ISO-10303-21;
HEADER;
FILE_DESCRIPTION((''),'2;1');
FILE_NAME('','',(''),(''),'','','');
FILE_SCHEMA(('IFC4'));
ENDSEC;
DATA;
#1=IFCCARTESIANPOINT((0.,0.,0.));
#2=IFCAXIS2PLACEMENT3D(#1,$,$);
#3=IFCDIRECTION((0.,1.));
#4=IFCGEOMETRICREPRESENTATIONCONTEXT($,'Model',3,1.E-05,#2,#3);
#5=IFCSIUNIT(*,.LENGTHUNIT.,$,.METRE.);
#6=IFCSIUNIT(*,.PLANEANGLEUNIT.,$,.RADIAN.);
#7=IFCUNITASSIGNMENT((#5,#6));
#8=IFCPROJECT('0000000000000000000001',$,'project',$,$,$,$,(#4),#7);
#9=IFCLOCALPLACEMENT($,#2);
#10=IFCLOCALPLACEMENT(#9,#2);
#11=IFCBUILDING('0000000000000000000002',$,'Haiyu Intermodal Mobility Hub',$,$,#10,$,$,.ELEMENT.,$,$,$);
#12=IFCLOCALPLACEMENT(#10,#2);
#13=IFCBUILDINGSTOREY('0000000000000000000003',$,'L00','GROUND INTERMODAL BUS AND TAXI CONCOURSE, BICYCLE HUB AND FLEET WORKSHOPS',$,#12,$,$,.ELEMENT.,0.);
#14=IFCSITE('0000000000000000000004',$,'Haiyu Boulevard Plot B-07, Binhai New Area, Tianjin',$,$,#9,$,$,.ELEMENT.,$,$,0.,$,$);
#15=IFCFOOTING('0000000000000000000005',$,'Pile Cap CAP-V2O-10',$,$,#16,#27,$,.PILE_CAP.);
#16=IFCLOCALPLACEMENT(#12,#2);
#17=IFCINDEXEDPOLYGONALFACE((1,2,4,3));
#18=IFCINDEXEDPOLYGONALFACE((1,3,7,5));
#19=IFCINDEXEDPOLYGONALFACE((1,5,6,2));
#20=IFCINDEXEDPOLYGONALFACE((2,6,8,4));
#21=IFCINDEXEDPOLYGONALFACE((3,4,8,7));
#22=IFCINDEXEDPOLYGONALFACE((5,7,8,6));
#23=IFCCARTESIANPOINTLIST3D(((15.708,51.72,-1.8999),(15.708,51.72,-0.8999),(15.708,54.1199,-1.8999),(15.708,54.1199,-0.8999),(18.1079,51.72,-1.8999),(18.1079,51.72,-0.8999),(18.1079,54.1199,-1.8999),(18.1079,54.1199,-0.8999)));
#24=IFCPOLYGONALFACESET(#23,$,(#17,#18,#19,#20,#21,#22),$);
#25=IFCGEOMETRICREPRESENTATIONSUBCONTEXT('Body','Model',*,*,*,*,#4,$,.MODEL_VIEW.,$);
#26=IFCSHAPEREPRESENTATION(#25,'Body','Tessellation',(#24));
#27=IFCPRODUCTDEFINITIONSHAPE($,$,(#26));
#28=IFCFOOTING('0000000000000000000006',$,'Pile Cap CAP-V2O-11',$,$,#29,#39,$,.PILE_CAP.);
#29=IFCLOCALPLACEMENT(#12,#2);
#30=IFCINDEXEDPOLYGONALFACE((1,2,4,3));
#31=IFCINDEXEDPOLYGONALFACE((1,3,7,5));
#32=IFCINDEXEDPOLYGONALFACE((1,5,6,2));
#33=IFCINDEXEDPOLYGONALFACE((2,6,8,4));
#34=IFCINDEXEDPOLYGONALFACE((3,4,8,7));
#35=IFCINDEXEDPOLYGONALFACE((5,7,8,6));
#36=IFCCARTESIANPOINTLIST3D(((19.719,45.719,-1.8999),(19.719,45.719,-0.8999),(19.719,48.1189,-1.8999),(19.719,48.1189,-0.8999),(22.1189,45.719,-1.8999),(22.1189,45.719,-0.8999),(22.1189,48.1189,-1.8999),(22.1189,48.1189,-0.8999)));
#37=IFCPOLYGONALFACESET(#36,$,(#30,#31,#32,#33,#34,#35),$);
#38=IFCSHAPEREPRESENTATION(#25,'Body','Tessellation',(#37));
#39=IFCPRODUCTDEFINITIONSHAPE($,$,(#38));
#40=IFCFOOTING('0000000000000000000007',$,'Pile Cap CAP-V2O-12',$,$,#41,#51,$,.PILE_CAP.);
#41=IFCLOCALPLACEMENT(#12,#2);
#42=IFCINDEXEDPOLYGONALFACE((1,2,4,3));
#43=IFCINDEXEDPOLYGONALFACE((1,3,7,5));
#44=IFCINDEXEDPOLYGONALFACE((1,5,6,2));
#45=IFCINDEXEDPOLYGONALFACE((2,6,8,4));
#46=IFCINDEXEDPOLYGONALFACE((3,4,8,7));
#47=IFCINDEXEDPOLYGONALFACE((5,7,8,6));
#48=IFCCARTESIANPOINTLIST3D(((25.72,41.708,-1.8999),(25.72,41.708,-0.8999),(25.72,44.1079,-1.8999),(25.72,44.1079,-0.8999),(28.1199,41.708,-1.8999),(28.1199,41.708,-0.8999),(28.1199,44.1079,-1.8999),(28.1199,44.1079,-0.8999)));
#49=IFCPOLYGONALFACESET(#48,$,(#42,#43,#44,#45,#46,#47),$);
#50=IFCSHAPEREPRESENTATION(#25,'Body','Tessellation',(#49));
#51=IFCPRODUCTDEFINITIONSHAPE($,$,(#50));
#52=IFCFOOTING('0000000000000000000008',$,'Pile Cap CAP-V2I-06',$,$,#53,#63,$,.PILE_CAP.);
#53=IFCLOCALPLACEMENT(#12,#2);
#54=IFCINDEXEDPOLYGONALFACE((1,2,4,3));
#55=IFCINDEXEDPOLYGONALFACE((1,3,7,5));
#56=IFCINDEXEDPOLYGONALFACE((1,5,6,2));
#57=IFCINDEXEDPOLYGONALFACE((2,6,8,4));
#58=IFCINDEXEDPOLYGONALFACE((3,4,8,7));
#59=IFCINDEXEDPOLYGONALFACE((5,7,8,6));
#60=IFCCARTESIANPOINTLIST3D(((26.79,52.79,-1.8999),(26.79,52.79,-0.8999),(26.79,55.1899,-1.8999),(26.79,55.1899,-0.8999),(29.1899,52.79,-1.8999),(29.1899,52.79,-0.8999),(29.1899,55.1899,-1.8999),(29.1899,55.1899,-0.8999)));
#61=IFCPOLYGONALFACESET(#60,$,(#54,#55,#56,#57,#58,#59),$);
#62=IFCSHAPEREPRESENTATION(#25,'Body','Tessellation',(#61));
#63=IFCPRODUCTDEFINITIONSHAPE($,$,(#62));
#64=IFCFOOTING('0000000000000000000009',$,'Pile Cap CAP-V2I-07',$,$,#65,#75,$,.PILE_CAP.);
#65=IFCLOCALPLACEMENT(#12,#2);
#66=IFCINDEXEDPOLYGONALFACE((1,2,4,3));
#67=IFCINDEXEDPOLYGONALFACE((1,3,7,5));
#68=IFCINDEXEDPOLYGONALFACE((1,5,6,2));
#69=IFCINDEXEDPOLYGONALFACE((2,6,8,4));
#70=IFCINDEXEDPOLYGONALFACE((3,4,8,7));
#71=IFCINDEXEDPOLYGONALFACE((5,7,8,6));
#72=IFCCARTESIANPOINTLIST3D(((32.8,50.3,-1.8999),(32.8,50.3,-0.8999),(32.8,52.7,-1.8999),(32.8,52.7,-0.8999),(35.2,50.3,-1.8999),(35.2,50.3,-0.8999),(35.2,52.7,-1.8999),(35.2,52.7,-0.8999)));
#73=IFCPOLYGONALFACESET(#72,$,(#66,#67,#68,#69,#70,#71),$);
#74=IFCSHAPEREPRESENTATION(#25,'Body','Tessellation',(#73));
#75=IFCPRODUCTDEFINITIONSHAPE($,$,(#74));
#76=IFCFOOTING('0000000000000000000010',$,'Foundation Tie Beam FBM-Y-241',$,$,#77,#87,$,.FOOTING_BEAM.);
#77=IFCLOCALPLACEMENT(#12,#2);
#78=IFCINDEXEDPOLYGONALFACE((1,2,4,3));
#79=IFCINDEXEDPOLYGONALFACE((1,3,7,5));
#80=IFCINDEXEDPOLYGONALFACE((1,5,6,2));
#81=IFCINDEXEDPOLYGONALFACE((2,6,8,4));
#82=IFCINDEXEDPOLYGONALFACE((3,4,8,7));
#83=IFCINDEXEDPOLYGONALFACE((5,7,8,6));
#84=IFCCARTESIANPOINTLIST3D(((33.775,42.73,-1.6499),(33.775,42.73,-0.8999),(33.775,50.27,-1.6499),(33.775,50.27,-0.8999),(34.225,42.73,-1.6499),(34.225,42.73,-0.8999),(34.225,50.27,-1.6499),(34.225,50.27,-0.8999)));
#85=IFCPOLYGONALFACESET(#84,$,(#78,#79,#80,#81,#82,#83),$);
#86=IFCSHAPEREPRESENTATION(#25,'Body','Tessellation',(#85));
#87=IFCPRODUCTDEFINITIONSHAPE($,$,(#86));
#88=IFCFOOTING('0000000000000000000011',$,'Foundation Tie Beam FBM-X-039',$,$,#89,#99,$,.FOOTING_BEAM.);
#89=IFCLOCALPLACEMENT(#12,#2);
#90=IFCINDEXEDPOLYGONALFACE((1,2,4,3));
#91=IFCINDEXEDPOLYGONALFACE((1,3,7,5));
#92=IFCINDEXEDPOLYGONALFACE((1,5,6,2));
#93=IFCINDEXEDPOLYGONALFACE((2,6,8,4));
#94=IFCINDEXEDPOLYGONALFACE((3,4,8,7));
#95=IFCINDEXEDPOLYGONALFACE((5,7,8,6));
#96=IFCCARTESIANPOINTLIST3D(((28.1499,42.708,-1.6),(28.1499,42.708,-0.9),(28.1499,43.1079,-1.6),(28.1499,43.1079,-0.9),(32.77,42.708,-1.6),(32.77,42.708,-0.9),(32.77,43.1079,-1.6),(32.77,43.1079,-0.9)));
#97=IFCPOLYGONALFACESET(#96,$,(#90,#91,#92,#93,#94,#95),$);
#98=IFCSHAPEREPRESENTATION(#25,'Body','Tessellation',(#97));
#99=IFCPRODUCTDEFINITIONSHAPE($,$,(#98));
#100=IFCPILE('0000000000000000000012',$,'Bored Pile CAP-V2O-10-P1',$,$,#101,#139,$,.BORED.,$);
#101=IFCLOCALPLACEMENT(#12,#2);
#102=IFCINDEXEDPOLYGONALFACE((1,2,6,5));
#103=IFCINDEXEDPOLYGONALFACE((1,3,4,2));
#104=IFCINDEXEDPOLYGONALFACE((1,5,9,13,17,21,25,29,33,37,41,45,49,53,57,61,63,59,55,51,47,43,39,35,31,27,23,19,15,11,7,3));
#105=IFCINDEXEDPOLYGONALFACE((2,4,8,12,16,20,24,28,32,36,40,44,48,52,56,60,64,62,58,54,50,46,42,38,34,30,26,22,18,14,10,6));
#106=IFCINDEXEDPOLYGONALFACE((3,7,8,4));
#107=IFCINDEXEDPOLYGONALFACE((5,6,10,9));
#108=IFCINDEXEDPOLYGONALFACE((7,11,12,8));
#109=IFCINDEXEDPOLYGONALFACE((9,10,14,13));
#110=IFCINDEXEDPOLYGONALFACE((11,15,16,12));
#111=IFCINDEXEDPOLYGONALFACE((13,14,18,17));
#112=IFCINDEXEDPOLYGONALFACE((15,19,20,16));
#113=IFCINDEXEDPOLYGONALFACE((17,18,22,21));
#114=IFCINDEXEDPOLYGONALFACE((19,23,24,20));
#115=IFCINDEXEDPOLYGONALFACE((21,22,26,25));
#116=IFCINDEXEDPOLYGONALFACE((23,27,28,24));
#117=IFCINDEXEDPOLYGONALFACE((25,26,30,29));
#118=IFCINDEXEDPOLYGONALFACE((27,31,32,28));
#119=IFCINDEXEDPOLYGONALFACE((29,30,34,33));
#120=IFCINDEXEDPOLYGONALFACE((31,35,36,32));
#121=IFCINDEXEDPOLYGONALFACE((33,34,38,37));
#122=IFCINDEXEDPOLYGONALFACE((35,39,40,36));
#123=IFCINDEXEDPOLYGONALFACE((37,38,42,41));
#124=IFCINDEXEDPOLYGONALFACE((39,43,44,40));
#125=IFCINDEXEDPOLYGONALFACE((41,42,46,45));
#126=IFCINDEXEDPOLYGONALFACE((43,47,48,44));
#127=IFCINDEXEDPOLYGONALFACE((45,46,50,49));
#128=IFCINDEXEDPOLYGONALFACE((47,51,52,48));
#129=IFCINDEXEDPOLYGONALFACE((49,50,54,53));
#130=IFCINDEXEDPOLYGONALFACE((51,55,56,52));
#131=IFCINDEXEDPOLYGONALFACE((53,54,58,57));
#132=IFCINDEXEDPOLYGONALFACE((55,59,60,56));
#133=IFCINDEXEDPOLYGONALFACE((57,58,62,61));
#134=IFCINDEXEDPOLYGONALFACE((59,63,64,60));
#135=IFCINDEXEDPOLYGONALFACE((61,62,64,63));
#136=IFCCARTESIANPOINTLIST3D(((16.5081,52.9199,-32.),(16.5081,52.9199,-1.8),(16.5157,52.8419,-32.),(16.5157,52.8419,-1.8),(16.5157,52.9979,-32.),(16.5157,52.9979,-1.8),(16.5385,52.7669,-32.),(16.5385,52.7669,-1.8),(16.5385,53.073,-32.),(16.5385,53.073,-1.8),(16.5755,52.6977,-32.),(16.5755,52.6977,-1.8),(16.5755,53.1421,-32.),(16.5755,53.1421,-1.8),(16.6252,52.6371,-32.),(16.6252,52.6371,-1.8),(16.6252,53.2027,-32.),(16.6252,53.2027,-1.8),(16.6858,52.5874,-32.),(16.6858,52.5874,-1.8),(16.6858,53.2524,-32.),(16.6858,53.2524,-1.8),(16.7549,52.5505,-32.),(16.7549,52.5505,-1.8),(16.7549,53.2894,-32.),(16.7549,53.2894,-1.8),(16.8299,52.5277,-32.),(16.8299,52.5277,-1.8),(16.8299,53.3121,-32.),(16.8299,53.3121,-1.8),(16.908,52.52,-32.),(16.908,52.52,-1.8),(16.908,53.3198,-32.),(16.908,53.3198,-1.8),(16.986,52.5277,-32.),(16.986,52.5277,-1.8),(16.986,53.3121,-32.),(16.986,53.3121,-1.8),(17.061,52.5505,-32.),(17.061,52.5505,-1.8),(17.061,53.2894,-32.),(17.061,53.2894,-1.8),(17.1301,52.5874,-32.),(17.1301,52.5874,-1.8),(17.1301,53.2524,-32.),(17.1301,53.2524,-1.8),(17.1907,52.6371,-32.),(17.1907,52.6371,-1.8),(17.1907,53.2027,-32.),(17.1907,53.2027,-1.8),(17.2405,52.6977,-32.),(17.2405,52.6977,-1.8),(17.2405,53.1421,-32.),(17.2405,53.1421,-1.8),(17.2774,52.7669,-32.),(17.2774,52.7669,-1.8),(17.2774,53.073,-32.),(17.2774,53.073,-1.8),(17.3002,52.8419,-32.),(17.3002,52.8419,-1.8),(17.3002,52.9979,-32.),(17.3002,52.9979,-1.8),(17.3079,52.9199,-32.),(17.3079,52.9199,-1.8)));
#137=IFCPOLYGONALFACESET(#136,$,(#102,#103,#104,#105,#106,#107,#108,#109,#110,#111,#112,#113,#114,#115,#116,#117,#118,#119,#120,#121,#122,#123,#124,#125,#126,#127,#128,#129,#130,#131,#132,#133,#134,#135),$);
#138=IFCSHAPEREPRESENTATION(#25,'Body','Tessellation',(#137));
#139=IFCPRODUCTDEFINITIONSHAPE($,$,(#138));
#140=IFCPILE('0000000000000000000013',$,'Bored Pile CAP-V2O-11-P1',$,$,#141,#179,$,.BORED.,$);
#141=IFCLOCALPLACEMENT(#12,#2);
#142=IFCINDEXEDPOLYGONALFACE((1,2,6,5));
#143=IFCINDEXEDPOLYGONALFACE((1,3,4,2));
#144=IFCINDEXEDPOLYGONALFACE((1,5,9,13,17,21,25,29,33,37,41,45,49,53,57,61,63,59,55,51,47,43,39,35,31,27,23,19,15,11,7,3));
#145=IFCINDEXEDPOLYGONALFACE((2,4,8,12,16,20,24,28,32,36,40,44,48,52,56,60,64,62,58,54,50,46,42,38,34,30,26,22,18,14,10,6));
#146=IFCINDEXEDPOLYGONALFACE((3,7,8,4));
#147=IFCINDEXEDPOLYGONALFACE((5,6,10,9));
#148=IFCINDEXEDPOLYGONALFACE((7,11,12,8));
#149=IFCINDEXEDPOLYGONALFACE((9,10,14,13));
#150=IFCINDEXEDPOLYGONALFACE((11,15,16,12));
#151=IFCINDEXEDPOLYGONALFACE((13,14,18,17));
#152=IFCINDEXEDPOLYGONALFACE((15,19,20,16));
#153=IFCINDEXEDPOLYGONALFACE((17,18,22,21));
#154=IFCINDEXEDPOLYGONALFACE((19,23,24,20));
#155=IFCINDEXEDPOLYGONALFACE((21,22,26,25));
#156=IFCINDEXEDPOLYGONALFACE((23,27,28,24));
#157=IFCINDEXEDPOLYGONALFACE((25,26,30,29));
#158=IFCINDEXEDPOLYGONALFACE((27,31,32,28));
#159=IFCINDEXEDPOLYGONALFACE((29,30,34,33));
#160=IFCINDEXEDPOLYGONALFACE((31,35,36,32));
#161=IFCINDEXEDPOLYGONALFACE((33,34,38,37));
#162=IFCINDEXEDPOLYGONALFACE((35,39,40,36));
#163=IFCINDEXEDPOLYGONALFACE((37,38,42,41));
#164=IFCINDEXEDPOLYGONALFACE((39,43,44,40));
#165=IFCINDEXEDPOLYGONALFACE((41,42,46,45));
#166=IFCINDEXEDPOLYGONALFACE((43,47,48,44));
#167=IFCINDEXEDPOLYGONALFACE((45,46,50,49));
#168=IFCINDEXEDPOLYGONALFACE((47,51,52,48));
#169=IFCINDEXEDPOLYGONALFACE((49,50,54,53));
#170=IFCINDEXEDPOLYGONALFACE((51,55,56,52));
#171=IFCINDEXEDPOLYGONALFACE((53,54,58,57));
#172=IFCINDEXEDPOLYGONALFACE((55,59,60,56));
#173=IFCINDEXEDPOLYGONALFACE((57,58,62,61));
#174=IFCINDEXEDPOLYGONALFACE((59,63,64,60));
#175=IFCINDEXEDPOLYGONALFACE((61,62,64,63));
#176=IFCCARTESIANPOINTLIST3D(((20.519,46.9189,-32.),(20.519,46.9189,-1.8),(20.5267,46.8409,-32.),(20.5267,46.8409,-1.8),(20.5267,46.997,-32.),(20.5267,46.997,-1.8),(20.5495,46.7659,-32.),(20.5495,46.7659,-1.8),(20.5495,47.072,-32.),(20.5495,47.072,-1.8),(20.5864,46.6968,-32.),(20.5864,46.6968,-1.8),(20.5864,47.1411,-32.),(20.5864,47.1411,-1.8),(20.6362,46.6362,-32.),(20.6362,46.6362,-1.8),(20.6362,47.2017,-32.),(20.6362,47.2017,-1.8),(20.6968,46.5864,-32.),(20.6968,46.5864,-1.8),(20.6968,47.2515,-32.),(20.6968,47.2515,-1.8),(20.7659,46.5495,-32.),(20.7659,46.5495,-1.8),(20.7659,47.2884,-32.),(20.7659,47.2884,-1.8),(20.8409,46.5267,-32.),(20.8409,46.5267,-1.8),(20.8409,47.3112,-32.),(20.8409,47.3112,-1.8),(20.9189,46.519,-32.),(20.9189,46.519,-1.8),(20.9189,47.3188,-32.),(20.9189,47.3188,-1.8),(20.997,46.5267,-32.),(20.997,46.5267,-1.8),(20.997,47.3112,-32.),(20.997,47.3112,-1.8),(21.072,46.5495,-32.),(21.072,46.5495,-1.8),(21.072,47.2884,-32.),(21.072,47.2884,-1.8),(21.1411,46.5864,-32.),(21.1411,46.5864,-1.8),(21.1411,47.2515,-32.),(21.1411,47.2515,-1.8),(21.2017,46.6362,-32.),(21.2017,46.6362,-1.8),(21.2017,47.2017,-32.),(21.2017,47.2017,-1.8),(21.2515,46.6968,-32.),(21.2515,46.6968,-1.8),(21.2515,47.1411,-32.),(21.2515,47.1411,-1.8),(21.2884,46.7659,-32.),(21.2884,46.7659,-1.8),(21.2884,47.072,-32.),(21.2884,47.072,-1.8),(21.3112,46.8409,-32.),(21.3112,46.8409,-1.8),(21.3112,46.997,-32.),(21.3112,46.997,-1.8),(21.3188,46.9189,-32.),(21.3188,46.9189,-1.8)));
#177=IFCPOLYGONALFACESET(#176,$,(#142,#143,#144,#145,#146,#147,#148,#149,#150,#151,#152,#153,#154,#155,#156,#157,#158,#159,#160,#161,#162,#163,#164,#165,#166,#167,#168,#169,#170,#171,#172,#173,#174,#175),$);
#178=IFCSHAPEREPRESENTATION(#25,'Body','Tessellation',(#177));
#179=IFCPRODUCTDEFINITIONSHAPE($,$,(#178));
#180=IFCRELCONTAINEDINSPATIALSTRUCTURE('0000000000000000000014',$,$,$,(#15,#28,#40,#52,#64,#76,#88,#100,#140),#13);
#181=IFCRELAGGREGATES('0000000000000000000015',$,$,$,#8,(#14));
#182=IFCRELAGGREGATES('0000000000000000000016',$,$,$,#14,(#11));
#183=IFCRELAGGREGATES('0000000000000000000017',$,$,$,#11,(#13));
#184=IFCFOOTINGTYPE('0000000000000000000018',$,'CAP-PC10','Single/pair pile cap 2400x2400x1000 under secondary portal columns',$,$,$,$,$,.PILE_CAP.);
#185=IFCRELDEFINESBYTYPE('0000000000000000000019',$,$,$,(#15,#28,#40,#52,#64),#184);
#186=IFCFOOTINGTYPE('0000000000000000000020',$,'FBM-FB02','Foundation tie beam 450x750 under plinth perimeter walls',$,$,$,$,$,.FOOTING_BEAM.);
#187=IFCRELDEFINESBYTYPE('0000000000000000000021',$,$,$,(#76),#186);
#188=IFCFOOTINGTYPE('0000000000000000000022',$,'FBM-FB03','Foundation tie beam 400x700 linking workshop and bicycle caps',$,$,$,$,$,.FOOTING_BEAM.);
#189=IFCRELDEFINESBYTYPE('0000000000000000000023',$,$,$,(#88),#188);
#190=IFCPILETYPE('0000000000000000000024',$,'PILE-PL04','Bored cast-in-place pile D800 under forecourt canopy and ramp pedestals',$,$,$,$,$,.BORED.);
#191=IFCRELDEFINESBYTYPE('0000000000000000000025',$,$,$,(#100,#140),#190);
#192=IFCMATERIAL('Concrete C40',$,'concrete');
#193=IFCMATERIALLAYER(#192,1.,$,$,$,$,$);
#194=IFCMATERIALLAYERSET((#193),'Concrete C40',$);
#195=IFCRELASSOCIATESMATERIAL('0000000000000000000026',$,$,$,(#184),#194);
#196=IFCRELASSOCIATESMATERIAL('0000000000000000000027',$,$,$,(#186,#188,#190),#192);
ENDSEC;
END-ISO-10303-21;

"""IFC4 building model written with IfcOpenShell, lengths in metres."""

from ifc_helpers import new_model, si_unit, direction, frame, origin, origin_2d, place, context, subcontext, project, spatial, rectangle, circle, extrude, material, layer, layer_set, material_profile, profile_set, type_object, element, save


model = new_model("IFC4")

# Units and contexts
model_context = context("Model", 3, precision=1e-05, world=origin(), true_north=direction((0.0, 1.0)))
body_context = subcontext(model_context, "Body", "Model", "MODEL_VIEW")
ifc_project = project(units=[si_unit("LENGTHUNIT", "METRE"), si_unit("PLANEANGLEUNIT", "RADIAN")], contexts=[model_context])

# Site, building, storey
site_placement = place(None, origin())
site = spatial("IfcSite", under=ifc_project, at=site_placement, Name="Haiyu Boulevard Plot B-07, Binhai New Area, Tianjin", CompositionType="ELEMENT", RefElevation=0.0)
building_placement = place(site_placement, origin())
building = spatial("IfcBuilding", under=site, at=building_placement, Name="Haiyu Intermodal Mobility Hub", CompositionType="ELEMENT")
storey_placement = place(building_placement, origin())
storey = spatial("IfcBuildingStorey", under=building, at=storey_placement, Name="L00", Description="GROUND INTERMODAL BUS AND TAXI CONCOURSE, BICYCLE HUB AND FLEET WORKSHOPS", CompositionType="ELEMENT", Elevation=0.0)

# Footings
ifc_material_1 = material(Name="Concrete C40", Category="concrete")
ifc_layer = layer(ifc_material_1, 1.0)
ifc_layer_set = layer_set([ifc_layer], Name="Concrete C40")
footing_type_1 = type_object("IfcFootingType", Name="CAP-PC10", Description="Single/pair pile cap 2400x2400x1000 under secondary portal columns", PredefinedType="PILE_CAP", material=ifc_layer_set)
for number, where, z_axis, x_axis, name in (
    (1, (16.908, 52.9199, -1.8999), (0.0, 0.0, 1.0), (1.0, 0.0, 0.0), "Pile Cap CAP-V2O-10"),
    (2, (20.9189, 46.9189, -1.8999), (0.0, 0.0, 1.0), (1.0, 0.0, 0.0), "Pile Cap CAP-V2O-11"),
    (3, (26.9199, 42.908, -1.8999), (0.0, 0.0, 1.0), (1.0, 0.0, 0.0), "Pile Cap CAP-V2O-12"),
    (4, (27.99, 53.99, -1.8999), (0.0, 0.0, 1.0), (1.0, 0.0, 0.0), "Pile Cap CAP-V2I-06"),
    (5, (34.0, 51.5, -1.8999), (0.0, 0.0, 1.0), (1.0, 0.0, 0.0), "Pile Cap CAP-V2I-07"),
):
    element("IfcFooting", number, at=place(storey_placement, frame(where, z_axis=z_axis, x_axis=x_axis)), inside=storey, type_object=footing_type_1, Name=name, PredefinedType="PILE_CAP", context=body_context, shape_type="SweptSolid", body=[
        extrude(rectangle(XDim=2.3999, YDim=2.3999, at=origin_2d()), origin(), (0.0, 0.0, 1.0), 1.0),
    ])
ifc_material_profile_1 = material_profile(ifc_material_1, rectangle(XDim=0.45, YDim=0.75, at=origin_2d()), Name="FB450x750")
ifc_profile_set_1 = profile_set([ifc_material_profile_1], Name="Concrete C40")
footing_type_2 = type_object("IfcFootingType", Name="FBM-FB02", Description="Foundation tie beam 450x750 under plinth perimeter walls", PredefinedType="FOOTING_BEAM", material=ifc_profile_set_1)
footing_1_placement = place(storey_placement, frame((34.0, 42.73, -1.2749), z_axis=(0.0, 1.0, 0.0), x_axis=(-1.0, 0.0, 0.0)))
element("IfcFooting", 6, at=footing_1_placement, inside=storey, type_object=footing_type_2, Name="Foundation Tie Beam FBM-Y-241", PredefinedType="FOOTING_BEAM", context=body_context, shape_type="SweptSolid", body=[
    extrude(rectangle(XDim=0.45, YDim=0.75, at=origin_2d()), origin(), (0.0, 0.0, 1.0), 7.54),
])
ifc_material_profile_2 = material_profile(ifc_material_1, rectangle(XDim=0.3999, YDim=0.7, at=origin_2d()), Name="FB400x700")
ifc_profile_set_2 = profile_set([ifc_material_profile_2], Name="Concrete C40")
footing_type_3 = type_object("IfcFootingType", Name="FBM-FB03", Description="Foundation tie beam 400x700 linking workshop and bicycle caps", PredefinedType="FOOTING_BEAM", material=ifc_profile_set_2)
footing_2_placement = place(storey_placement, frame((28.1499, 42.908, -1.25), z_axis=(1.0, 0.0, 0.0), x_axis=(0.0, 1.0, 0.0)))
element("IfcFooting", 7, at=footing_2_placement, inside=storey, type_object=footing_type_3, Name="Foundation Tie Beam FBM-X-039", PredefinedType="FOOTING_BEAM", context=body_context, shape_type="SweptSolid", body=[
    extrude(rectangle(XDim=0.3999, YDim=0.7, at=origin_2d()), origin(), (0.0, 0.0, 1.0), 4.6201),
])

# Piles
ifc_material_profile_3 = material_profile(ifc_material_1, circle(Radius=0.3999, at=origin_2d()), Name="PILE-D800")
ifc_profile_set_3 = profile_set([ifc_material_profile_3], Name="Concrete C40")
pile_type = type_object("IfcPileType", Name="PILE-PL04", Description="Bored cast-in-place pile D800 under forecourt canopy and ramp pedestals", PredefinedType="BORED", material=ifc_profile_set_3)
for number, where, z_axis, x_axis, name in (
    (8, (16.908, 52.9199, -1.8), (0.0, 0.0, -1.0), (1.0, 0.0, 0.0), "Bored Pile CAP-V2O-10-P1"),
    (9, (20.9189, 46.9189, -1.8), (0.0, 0.0, -1.0), (1.0, 0.0, 0.0), "Bored Pile CAP-V2O-11-P1"),
):
    element("IfcPile", number, at=place(storey_placement, frame(where, z_axis=z_axis, x_axis=x_axis)), inside=storey, type_object=pile_type, Name=name, PredefinedType="BORED", context=body_context, shape_type="SweptSolid", body=[
        extrude(circle(Radius=0.3999, at=origin_2d()), origin(), (0.0, 0.0, 1.0), 30.2),
    ])

save(model, "model.ifc")
